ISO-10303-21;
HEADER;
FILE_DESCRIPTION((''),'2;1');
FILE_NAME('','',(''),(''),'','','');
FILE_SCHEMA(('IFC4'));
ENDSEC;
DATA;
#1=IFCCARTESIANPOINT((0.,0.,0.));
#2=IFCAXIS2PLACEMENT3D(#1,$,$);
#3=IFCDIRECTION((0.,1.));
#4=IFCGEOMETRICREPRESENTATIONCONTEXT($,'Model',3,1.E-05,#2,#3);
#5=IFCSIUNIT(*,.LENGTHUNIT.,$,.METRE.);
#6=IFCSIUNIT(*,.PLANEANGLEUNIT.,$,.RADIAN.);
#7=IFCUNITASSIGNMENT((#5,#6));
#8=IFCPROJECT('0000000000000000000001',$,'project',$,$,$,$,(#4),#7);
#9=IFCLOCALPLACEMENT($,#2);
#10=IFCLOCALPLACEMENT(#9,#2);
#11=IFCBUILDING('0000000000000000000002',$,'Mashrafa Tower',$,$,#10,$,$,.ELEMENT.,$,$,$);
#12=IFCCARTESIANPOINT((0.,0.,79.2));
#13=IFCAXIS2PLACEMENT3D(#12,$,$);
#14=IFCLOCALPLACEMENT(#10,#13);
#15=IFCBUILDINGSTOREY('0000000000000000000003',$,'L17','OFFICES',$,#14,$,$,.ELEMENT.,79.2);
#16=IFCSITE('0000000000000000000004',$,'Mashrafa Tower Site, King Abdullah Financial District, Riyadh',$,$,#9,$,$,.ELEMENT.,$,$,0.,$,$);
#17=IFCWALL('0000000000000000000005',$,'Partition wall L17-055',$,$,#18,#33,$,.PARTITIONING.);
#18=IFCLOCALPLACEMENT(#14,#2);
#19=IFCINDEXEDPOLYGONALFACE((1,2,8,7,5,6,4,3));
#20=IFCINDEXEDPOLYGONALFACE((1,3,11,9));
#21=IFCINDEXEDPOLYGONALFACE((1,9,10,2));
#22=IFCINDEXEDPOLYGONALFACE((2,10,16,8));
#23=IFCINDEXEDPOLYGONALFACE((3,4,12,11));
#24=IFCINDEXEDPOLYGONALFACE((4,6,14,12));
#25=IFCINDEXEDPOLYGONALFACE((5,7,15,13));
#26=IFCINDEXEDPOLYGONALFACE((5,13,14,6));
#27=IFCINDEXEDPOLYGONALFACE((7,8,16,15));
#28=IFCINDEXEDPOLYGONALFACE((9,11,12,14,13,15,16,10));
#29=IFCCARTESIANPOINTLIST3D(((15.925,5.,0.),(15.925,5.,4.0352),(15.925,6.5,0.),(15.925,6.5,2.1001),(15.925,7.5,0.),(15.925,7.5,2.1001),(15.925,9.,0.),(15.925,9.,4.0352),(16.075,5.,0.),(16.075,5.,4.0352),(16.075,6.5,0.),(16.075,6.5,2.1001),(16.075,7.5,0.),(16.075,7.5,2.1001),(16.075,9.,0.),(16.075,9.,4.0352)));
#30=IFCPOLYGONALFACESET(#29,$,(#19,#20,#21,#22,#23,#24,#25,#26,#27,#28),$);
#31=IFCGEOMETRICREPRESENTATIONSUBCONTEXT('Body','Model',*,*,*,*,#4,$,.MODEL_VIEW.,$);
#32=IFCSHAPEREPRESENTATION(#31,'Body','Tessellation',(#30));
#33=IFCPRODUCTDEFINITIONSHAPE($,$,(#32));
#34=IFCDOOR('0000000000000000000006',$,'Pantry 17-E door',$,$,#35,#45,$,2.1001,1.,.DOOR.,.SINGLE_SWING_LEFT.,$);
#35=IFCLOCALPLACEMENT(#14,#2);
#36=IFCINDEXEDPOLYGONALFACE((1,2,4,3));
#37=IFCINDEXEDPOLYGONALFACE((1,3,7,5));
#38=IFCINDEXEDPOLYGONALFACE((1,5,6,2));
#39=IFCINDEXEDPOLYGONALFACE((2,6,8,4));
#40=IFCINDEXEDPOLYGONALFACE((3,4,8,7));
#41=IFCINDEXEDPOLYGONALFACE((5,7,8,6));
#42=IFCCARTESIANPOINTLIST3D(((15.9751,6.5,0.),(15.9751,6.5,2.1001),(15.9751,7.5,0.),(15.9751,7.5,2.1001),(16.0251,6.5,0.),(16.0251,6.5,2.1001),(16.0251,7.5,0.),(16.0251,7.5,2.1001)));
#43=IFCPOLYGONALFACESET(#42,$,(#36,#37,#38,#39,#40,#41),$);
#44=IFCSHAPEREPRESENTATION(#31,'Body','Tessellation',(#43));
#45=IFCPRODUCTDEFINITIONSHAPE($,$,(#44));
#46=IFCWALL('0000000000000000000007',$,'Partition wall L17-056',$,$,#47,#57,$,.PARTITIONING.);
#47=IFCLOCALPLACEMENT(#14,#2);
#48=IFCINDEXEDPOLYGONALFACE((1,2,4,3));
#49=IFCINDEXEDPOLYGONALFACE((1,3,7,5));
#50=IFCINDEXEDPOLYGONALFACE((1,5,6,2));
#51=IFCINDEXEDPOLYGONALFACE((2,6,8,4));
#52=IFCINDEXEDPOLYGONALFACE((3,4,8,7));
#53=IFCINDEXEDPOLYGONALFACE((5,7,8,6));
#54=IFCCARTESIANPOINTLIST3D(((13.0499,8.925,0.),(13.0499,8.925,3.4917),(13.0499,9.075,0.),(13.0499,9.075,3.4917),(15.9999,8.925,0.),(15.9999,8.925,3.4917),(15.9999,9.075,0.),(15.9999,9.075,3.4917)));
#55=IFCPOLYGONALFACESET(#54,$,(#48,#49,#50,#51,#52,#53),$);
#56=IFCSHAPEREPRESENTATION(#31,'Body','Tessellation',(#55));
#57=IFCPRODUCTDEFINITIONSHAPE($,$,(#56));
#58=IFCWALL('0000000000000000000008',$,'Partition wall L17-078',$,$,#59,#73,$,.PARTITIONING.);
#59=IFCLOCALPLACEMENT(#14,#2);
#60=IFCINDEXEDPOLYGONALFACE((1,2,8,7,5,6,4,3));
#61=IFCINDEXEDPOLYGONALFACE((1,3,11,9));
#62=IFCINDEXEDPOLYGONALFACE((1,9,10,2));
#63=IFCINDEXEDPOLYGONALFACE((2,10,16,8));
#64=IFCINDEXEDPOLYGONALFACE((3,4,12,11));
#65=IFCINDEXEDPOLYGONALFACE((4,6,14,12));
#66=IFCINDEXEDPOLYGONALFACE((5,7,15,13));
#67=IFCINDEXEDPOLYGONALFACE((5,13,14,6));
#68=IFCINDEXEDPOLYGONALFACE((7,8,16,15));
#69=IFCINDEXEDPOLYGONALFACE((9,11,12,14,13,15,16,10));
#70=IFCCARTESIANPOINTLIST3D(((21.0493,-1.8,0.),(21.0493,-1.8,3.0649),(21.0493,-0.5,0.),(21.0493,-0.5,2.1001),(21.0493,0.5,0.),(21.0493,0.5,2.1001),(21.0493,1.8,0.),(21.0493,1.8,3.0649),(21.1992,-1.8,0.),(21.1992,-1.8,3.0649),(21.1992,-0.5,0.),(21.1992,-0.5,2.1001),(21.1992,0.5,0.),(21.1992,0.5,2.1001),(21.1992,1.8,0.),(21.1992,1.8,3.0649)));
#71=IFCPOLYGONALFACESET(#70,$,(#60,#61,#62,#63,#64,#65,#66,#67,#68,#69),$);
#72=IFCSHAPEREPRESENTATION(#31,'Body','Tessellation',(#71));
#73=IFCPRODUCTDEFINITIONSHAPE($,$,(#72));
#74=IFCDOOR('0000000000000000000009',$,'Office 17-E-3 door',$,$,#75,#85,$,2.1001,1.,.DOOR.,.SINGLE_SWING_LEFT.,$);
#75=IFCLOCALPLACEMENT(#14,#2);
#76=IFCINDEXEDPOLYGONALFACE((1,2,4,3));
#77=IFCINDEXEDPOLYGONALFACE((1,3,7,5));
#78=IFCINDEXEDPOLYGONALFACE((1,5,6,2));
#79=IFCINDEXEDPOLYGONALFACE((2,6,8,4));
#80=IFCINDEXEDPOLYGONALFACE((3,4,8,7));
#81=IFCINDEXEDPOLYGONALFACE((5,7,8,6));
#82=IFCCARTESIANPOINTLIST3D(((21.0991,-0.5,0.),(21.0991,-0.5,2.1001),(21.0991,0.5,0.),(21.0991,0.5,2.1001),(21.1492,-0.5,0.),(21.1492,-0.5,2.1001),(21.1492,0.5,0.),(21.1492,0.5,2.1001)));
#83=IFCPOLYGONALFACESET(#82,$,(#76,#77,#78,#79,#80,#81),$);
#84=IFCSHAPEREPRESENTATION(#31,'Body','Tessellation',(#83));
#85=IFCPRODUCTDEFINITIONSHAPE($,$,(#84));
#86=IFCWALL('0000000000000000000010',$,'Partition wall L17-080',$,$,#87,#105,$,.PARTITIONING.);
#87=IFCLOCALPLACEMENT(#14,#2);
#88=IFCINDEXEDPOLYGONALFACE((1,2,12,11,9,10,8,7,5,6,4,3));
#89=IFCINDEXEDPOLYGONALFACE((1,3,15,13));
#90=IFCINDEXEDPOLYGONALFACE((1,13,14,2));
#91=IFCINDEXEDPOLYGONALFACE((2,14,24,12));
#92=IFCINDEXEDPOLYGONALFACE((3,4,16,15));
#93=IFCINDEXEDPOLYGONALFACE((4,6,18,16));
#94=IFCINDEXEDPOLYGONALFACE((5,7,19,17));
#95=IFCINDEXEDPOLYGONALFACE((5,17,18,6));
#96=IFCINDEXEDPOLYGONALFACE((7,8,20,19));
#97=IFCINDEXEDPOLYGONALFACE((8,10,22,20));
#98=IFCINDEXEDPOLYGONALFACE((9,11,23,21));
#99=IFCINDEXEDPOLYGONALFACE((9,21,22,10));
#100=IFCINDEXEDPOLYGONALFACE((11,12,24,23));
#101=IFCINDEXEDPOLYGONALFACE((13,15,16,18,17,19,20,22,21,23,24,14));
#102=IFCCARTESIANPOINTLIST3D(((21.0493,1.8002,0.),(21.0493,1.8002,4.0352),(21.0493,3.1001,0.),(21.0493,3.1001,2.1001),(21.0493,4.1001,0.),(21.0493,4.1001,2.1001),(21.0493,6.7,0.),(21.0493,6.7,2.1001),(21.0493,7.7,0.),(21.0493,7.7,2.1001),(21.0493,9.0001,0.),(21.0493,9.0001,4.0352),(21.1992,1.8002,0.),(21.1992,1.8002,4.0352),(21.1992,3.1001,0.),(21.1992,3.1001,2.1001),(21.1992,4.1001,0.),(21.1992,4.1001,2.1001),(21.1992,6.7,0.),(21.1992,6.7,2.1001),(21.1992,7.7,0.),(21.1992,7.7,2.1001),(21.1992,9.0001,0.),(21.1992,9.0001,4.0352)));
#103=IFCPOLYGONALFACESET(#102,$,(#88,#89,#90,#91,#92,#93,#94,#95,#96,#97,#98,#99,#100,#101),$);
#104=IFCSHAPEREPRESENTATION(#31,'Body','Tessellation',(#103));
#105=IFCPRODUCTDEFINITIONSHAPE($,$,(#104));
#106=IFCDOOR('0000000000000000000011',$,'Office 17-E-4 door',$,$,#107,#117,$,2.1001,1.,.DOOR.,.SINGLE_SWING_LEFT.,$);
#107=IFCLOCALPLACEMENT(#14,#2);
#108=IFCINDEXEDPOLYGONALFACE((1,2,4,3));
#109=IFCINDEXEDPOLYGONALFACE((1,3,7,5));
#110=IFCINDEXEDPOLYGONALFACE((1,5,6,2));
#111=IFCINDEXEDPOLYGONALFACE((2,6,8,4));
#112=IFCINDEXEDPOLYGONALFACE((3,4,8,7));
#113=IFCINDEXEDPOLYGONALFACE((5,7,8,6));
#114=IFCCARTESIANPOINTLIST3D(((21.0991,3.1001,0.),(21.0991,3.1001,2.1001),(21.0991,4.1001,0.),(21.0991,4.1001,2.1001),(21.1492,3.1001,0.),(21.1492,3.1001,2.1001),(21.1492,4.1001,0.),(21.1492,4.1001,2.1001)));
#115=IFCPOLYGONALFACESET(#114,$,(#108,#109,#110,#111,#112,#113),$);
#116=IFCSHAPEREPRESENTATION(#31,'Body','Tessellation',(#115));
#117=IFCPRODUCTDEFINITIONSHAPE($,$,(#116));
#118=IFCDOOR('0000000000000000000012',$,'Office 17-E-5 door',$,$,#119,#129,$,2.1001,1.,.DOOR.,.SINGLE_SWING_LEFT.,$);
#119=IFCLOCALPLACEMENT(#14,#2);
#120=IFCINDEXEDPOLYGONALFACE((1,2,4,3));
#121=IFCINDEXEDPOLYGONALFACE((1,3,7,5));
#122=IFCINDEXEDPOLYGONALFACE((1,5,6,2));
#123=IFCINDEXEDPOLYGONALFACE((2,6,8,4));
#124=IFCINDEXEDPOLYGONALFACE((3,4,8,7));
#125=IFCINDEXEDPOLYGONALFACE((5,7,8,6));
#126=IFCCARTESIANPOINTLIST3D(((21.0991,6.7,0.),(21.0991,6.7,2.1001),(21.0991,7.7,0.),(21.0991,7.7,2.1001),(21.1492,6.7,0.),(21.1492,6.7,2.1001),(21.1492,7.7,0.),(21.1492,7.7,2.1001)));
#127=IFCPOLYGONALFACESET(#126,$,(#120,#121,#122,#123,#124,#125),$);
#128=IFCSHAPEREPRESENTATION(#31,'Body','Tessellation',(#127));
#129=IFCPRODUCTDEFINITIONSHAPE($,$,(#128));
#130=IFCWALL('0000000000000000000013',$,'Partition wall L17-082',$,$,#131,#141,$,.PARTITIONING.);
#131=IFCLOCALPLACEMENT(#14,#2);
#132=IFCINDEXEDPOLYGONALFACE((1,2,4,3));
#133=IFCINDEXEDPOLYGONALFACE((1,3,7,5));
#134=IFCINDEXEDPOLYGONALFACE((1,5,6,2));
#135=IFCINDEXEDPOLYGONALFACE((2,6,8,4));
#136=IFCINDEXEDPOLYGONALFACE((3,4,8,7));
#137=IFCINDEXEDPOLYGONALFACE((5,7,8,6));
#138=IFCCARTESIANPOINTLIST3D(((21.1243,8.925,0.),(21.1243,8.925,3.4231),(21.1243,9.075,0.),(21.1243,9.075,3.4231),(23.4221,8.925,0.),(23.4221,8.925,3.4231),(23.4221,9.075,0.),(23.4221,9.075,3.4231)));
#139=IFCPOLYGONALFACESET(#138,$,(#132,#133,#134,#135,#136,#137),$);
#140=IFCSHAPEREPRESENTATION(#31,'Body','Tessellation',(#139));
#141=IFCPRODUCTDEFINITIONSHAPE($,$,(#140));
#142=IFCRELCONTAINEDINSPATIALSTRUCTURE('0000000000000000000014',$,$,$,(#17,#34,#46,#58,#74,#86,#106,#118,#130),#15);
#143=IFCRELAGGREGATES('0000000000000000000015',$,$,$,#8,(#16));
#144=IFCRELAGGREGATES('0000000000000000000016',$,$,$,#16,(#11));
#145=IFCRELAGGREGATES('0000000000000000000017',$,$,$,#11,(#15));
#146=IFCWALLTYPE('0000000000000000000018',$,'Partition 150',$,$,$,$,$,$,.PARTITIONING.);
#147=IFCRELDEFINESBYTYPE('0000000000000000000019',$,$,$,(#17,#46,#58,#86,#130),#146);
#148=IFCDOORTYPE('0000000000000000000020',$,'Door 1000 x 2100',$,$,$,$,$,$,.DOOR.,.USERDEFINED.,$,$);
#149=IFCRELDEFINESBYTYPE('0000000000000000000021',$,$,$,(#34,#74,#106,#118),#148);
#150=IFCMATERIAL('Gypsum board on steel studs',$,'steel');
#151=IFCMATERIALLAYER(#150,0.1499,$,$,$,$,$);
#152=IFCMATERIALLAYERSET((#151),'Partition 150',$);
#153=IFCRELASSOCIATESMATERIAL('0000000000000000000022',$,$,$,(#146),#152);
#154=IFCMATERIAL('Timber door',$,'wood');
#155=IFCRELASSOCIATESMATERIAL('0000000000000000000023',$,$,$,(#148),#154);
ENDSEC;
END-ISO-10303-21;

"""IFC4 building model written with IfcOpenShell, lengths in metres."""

from ifc_helpers import new_model, si_unit, direction, frame, frame_2d, origin, place, context, subcontext, project, spatial, rectangle, extrude, material, layer, layer_set, type_object, element, fill, save


model = new_model("IFC4")

# Units and contexts
model_context = context("Model", 3, precision=1e-05, world=origin(), true_north=direction((0.0, 1.0)))
body_context = subcontext(model_context, "Body", "Model", "MODEL_VIEW")
ifc_project = project(units=[si_unit("LENGTHUNIT", "METRE"), si_unit("PLANEANGLEUNIT", "RADIAN")], contexts=[model_context])

# Site, building, storey
site_placement = place(None, origin())
site = spatial("IfcSite", under=ifc_project, at=site_placement, Name="Mashrafa Tower Site, King Abdullah Financial District, Riyadh", CompositionType="ELEMENT", RefElevation=0.0)
building_placement = place(site_placement, origin())
building = spatial("IfcBuilding", under=site, at=building_placement, Name="Mashrafa Tower", CompositionType="ELEMENT")
storey_placement = place(building_placement, frame((0.0, 0.0, 79.2)))
storey = spatial("IfcBuildingStorey", under=building, at=storey_placement, Name="L17", Description="OFFICES", CompositionType="ELEMENT", Elevation=79.2)

# Shared definitions
ifc_material_1 = material(Name="Gypsum board on steel studs", Category="steel")
ifc_layer_1 = layer(ifc_material_1, 0.1499)
ifc_layer_set_1 = layer_set([ifc_layer_1], Name="Partition 150")
wall_type_1 = type_object("IfcWallType", Name="Partition 150", PredefinedType="PARTITIONING", material=ifc_layer_set_1)

# Wall, opening, door
wall_1_placement = place(storey_placement, frame((16.0, 5.0, 0.0), z_axis=(0.0, 0.0, 1.0), x_axis=(0.0, 1.0, 0.0)))
wall_1 = element("IfcWall", 1, at=wall_1_placement, inside=storey, type_object=wall_type_1, Name="Partition wall L17-055", PredefinedType="PARTITIONING", context=body_context, shape_type="SweptSolid", body=[
    extrude(rectangle(XDim=4.0, YDim=0.1499, at=frame_2d((2.0, 0.0))), origin(), (0.0, 0.0, 1.0), 4.0352),
])
opening_1_placement = place(wall_1_placement, frame((1.5, 0.0, 0.0)))
opening_1 = element("IfcOpeningElement", 2, at=opening_1_placement, cuts=wall_1, PredefinedType="OPENING", context=body_context, shape_type="SweptSolid", body=[
    extrude(rectangle(XDim=1.0, YDim=2.1001, at=frame_2d((0.5, 1.05))), frame((0.0, 0.085, 0.0), z_axis=(0.0, -1.0, 0.0), x_axis=(1.0, 0.0, 0.0)), (0.0, 0.0, 1.0), 0.1699),
])
ifc_material_2 = material(Name="Timber door", Category="wood")
door_type = type_object("IfcDoorType", Name="Door 1000 x 2100", OperationType="USERDEFINED", PredefinedType="DOOR", material=ifc_material_2)
door_1_placement = place(opening_1_placement, origin())
door_1 = element("IfcDoor", 3, at=door_1_placement, inside=storey, type_object=door_type, Name="Pantry 17-E door", OperationType="SINGLE_SWING_LEFT", OverallHeight=2.1001, OverallWidth=1.0, PredefinedType="DOOR", context=body_context, shape_type="SweptSolid", body=[
    extrude(rectangle(XDim=1.0, YDim=2.1001, at=frame_2d((0.5, 1.05))), frame((0.0, 0.0249, 0.0), z_axis=(0.0, -1.0, 0.0), x_axis=(1.0, 0.0, 0.0)), (0.0, 0.0, 1.0), 0.05),
])
fill(opening_1, door_1)

# Wall
wall_2_placement = place(storey_placement, frame((16.0, 9.0, 0.0), z_axis=(0.0, 0.0, 1.0), x_axis=(-1.0, 0.0, 0.0)))
element("IfcWall", 4, at=wall_2_placement, inside=storey, type_object=wall_type_1, Name="Partition wall L17-056", PredefinedType="PARTITIONING", context=body_context, shape_type="SweptSolid", body=[
    extrude(rectangle(XDim=2.95, YDim=0.1499, at=frame_2d((1.4751, 0.0))), origin(), (0.0, 0.0, 1.0), 3.4917),
])

# Wall, opening, door
wall_3_placement = place(storey_placement, frame((21.1243, 1.8, 0.0), z_axis=(0.0, 0.0, 1.0), x_axis=(0.0, -1.0, 0.0)))
wall_3 = element("IfcWall", 5, at=wall_3_placement, inside=storey, type_object=wall_type_1, Name="Partition wall L17-078", PredefinedType="PARTITIONING", context=body_context, shape_type="SweptSolid", body=[
    extrude(rectangle(XDim=3.6001, YDim=0.1499, at=frame_2d((1.8, 0.0))), origin(), (0.0, 0.0, 1.0), 3.0649),
])
opening_2_placement = place(wall_3_placement, frame((1.3, 0.0, 0.0)))
opening_2 = element("IfcOpeningElement", 6, at=opening_2_placement, cuts=wall_3, PredefinedType="OPENING", context=body_context, shape_type="SweptSolid", body=[
    extrude(rectangle(XDim=1.0, YDim=2.1001, at=frame_2d((0.5, 1.05))), frame((0.0, 0.085, 0.0), z_axis=(0.0, -1.0, 0.0), x_axis=(1.0, 0.0, 0.0)), (0.0, 0.0, 1.0), 0.1699),
])
door_2_placement = place(opening_2_placement, origin())
door_2 = element("IfcDoor", 7, at=door_2_placement, inside=storey, type_object=door_type, Name="Office 17-E-3 door", OperationType="SINGLE_SWING_LEFT", OverallHeight=2.1001, OverallWidth=1.0, PredefinedType="DOOR", context=body_context, shape_type="SweptSolid", body=[
    extrude(rectangle(XDim=1.0, YDim=2.1001, at=frame_2d((0.5, 1.05))), frame((0.0, 0.0249, 0.0), z_axis=(0.0, -1.0, 0.0), x_axis=(1.0, 0.0, 0.0)), (0.0, 0.0, 1.0), 0.05),
])
fill(opening_2, door_2)

# Wall, openings, doors
wall_4_placement = place(storey_placement, frame((21.1243, 1.8, 0.0), z_axis=(0.0, 0.0, 1.0), x_axis=(0.0, 1.0, 0.0)))
wall_4 = element("IfcWall", 8, at=wall_4_placement, inside=storey, type_object=wall_type_1, Name="Partition wall L17-080", PredefinedType="PARTITIONING", context=body_context, shape_type="SweptSolid", body=[
    extrude(rectangle(XDim=7.2, YDim=0.1499, at=frame_2d((3.6001, 0.0))), origin(), (0.0, 0.0, 1.0), 4.0352),
])
opening_3_placement = place(wall_4_placement, frame((1.3, 0.0, 0.0)))
opening_3 = element("IfcOpeningElement", 9, at=opening_3_placement, cuts=wall_4, PredefinedType="OPENING", context=body_context, shape_type="SweptSolid", body=[
    extrude(rectangle(XDim=1.0, YDim=2.1001, at=frame_2d((0.5, 1.05))), frame((0.0, 0.085, 0.0), z_axis=(0.0, -1.0, 0.0), x_axis=(1.0, 0.0, 0.0)), (0.0, 0.0, 1.0), 0.1699),
])
opening_4_placement = place(wall_4_placement, frame((4.8999, 0.0, 0.0)))
opening_4 = element("IfcOpeningElement", 10, at=opening_4_placement, cuts=wall_4, PredefinedType="OPENING", context=body_context, shape_type="SweptSolid", body=[
    extrude(rectangle(XDim=1.0, YDim=2.1001, at=frame_2d((0.5, 1.05))), frame((0.0, 0.085, 0.0), z_axis=(0.0, -1.0, 0.0), x_axis=(1.0, 0.0, 0.0)), (0.0, 0.0, 1.0), 0.1699),
])
door_3_placement = place(opening_3_placement, frame((1.0, 0.0, 0.0), z_axis=(0.0, 0.0, 1.0), x_axis=(-1.0, 0.0, 0.0)))
door_3 = element("IfcDoor", 11, at=door_3_placement, inside=storey, type_object=door_type, Name="Office 17-E-4 door", OperationType="SINGLE_SWING_LEFT", OverallHeight=2.1001, OverallWidth=1.0, PredefinedType="DOOR", context=body_context, shape_type="SweptSolid", body=[
    extrude(rectangle(XDim=1.0, YDim=2.1001, at=frame_2d((0.5, 1.05))), frame((0.0, 0.0249, 0.0), z_axis=(0.0, -1.0, 0.0), x_axis=(1.0, 0.0, 0.0)), (0.0, 0.0, 1.0), 0.05),
])
fill(opening_3, door_3)
door_4_placement = place(opening_4_placement, frame((1.0, 0.0, 0.0), z_axis=(0.0, 0.0, 1.0), x_axis=(-1.0, 0.0, 0.0)))
door_4 = element("IfcDoor", 12, at=door_4_placement, inside=storey, type_object=door_type, Name="Office 17-E-5 door", OperationType="SINGLE_SWING_LEFT", OverallHeight=2.1001, OverallWidth=1.0, PredefinedType="DOOR", context=body_context, shape_type="SweptSolid", body=[
    extrude(rectangle(XDim=1.0, YDim=2.1001, at=frame_2d((0.5, 1.05))), frame((0.0, 0.0249, 0.0), z_axis=(0.0, -1.0, 0.0), x_axis=(1.0, 0.0, 0.0)), (0.0, 0.0, 1.0), 0.05),
])
fill(opening_4, door_4)

# Wall
wall_5_placement = place(storey_placement, frame((23.4221, 9.0, 0.0), z_axis=(0.0, 0.0, 1.0), x_axis=(-1.0, 0.0, 0.0)))
element("IfcWall", 13, at=wall_5_placement, inside=storey, type_object=wall_type_1, Name="Partition wall L17-082", PredefinedType="PARTITIONING", context=body_context, shape_type="SweptSolid", body=[
    extrude(rectangle(XDim=2.2979, YDim=0.1499, at=frame_2d((1.1489, 0.0))), origin(), (0.0, 0.0, 1.0), 3.4231),
])

save(model, "model.ifc")
